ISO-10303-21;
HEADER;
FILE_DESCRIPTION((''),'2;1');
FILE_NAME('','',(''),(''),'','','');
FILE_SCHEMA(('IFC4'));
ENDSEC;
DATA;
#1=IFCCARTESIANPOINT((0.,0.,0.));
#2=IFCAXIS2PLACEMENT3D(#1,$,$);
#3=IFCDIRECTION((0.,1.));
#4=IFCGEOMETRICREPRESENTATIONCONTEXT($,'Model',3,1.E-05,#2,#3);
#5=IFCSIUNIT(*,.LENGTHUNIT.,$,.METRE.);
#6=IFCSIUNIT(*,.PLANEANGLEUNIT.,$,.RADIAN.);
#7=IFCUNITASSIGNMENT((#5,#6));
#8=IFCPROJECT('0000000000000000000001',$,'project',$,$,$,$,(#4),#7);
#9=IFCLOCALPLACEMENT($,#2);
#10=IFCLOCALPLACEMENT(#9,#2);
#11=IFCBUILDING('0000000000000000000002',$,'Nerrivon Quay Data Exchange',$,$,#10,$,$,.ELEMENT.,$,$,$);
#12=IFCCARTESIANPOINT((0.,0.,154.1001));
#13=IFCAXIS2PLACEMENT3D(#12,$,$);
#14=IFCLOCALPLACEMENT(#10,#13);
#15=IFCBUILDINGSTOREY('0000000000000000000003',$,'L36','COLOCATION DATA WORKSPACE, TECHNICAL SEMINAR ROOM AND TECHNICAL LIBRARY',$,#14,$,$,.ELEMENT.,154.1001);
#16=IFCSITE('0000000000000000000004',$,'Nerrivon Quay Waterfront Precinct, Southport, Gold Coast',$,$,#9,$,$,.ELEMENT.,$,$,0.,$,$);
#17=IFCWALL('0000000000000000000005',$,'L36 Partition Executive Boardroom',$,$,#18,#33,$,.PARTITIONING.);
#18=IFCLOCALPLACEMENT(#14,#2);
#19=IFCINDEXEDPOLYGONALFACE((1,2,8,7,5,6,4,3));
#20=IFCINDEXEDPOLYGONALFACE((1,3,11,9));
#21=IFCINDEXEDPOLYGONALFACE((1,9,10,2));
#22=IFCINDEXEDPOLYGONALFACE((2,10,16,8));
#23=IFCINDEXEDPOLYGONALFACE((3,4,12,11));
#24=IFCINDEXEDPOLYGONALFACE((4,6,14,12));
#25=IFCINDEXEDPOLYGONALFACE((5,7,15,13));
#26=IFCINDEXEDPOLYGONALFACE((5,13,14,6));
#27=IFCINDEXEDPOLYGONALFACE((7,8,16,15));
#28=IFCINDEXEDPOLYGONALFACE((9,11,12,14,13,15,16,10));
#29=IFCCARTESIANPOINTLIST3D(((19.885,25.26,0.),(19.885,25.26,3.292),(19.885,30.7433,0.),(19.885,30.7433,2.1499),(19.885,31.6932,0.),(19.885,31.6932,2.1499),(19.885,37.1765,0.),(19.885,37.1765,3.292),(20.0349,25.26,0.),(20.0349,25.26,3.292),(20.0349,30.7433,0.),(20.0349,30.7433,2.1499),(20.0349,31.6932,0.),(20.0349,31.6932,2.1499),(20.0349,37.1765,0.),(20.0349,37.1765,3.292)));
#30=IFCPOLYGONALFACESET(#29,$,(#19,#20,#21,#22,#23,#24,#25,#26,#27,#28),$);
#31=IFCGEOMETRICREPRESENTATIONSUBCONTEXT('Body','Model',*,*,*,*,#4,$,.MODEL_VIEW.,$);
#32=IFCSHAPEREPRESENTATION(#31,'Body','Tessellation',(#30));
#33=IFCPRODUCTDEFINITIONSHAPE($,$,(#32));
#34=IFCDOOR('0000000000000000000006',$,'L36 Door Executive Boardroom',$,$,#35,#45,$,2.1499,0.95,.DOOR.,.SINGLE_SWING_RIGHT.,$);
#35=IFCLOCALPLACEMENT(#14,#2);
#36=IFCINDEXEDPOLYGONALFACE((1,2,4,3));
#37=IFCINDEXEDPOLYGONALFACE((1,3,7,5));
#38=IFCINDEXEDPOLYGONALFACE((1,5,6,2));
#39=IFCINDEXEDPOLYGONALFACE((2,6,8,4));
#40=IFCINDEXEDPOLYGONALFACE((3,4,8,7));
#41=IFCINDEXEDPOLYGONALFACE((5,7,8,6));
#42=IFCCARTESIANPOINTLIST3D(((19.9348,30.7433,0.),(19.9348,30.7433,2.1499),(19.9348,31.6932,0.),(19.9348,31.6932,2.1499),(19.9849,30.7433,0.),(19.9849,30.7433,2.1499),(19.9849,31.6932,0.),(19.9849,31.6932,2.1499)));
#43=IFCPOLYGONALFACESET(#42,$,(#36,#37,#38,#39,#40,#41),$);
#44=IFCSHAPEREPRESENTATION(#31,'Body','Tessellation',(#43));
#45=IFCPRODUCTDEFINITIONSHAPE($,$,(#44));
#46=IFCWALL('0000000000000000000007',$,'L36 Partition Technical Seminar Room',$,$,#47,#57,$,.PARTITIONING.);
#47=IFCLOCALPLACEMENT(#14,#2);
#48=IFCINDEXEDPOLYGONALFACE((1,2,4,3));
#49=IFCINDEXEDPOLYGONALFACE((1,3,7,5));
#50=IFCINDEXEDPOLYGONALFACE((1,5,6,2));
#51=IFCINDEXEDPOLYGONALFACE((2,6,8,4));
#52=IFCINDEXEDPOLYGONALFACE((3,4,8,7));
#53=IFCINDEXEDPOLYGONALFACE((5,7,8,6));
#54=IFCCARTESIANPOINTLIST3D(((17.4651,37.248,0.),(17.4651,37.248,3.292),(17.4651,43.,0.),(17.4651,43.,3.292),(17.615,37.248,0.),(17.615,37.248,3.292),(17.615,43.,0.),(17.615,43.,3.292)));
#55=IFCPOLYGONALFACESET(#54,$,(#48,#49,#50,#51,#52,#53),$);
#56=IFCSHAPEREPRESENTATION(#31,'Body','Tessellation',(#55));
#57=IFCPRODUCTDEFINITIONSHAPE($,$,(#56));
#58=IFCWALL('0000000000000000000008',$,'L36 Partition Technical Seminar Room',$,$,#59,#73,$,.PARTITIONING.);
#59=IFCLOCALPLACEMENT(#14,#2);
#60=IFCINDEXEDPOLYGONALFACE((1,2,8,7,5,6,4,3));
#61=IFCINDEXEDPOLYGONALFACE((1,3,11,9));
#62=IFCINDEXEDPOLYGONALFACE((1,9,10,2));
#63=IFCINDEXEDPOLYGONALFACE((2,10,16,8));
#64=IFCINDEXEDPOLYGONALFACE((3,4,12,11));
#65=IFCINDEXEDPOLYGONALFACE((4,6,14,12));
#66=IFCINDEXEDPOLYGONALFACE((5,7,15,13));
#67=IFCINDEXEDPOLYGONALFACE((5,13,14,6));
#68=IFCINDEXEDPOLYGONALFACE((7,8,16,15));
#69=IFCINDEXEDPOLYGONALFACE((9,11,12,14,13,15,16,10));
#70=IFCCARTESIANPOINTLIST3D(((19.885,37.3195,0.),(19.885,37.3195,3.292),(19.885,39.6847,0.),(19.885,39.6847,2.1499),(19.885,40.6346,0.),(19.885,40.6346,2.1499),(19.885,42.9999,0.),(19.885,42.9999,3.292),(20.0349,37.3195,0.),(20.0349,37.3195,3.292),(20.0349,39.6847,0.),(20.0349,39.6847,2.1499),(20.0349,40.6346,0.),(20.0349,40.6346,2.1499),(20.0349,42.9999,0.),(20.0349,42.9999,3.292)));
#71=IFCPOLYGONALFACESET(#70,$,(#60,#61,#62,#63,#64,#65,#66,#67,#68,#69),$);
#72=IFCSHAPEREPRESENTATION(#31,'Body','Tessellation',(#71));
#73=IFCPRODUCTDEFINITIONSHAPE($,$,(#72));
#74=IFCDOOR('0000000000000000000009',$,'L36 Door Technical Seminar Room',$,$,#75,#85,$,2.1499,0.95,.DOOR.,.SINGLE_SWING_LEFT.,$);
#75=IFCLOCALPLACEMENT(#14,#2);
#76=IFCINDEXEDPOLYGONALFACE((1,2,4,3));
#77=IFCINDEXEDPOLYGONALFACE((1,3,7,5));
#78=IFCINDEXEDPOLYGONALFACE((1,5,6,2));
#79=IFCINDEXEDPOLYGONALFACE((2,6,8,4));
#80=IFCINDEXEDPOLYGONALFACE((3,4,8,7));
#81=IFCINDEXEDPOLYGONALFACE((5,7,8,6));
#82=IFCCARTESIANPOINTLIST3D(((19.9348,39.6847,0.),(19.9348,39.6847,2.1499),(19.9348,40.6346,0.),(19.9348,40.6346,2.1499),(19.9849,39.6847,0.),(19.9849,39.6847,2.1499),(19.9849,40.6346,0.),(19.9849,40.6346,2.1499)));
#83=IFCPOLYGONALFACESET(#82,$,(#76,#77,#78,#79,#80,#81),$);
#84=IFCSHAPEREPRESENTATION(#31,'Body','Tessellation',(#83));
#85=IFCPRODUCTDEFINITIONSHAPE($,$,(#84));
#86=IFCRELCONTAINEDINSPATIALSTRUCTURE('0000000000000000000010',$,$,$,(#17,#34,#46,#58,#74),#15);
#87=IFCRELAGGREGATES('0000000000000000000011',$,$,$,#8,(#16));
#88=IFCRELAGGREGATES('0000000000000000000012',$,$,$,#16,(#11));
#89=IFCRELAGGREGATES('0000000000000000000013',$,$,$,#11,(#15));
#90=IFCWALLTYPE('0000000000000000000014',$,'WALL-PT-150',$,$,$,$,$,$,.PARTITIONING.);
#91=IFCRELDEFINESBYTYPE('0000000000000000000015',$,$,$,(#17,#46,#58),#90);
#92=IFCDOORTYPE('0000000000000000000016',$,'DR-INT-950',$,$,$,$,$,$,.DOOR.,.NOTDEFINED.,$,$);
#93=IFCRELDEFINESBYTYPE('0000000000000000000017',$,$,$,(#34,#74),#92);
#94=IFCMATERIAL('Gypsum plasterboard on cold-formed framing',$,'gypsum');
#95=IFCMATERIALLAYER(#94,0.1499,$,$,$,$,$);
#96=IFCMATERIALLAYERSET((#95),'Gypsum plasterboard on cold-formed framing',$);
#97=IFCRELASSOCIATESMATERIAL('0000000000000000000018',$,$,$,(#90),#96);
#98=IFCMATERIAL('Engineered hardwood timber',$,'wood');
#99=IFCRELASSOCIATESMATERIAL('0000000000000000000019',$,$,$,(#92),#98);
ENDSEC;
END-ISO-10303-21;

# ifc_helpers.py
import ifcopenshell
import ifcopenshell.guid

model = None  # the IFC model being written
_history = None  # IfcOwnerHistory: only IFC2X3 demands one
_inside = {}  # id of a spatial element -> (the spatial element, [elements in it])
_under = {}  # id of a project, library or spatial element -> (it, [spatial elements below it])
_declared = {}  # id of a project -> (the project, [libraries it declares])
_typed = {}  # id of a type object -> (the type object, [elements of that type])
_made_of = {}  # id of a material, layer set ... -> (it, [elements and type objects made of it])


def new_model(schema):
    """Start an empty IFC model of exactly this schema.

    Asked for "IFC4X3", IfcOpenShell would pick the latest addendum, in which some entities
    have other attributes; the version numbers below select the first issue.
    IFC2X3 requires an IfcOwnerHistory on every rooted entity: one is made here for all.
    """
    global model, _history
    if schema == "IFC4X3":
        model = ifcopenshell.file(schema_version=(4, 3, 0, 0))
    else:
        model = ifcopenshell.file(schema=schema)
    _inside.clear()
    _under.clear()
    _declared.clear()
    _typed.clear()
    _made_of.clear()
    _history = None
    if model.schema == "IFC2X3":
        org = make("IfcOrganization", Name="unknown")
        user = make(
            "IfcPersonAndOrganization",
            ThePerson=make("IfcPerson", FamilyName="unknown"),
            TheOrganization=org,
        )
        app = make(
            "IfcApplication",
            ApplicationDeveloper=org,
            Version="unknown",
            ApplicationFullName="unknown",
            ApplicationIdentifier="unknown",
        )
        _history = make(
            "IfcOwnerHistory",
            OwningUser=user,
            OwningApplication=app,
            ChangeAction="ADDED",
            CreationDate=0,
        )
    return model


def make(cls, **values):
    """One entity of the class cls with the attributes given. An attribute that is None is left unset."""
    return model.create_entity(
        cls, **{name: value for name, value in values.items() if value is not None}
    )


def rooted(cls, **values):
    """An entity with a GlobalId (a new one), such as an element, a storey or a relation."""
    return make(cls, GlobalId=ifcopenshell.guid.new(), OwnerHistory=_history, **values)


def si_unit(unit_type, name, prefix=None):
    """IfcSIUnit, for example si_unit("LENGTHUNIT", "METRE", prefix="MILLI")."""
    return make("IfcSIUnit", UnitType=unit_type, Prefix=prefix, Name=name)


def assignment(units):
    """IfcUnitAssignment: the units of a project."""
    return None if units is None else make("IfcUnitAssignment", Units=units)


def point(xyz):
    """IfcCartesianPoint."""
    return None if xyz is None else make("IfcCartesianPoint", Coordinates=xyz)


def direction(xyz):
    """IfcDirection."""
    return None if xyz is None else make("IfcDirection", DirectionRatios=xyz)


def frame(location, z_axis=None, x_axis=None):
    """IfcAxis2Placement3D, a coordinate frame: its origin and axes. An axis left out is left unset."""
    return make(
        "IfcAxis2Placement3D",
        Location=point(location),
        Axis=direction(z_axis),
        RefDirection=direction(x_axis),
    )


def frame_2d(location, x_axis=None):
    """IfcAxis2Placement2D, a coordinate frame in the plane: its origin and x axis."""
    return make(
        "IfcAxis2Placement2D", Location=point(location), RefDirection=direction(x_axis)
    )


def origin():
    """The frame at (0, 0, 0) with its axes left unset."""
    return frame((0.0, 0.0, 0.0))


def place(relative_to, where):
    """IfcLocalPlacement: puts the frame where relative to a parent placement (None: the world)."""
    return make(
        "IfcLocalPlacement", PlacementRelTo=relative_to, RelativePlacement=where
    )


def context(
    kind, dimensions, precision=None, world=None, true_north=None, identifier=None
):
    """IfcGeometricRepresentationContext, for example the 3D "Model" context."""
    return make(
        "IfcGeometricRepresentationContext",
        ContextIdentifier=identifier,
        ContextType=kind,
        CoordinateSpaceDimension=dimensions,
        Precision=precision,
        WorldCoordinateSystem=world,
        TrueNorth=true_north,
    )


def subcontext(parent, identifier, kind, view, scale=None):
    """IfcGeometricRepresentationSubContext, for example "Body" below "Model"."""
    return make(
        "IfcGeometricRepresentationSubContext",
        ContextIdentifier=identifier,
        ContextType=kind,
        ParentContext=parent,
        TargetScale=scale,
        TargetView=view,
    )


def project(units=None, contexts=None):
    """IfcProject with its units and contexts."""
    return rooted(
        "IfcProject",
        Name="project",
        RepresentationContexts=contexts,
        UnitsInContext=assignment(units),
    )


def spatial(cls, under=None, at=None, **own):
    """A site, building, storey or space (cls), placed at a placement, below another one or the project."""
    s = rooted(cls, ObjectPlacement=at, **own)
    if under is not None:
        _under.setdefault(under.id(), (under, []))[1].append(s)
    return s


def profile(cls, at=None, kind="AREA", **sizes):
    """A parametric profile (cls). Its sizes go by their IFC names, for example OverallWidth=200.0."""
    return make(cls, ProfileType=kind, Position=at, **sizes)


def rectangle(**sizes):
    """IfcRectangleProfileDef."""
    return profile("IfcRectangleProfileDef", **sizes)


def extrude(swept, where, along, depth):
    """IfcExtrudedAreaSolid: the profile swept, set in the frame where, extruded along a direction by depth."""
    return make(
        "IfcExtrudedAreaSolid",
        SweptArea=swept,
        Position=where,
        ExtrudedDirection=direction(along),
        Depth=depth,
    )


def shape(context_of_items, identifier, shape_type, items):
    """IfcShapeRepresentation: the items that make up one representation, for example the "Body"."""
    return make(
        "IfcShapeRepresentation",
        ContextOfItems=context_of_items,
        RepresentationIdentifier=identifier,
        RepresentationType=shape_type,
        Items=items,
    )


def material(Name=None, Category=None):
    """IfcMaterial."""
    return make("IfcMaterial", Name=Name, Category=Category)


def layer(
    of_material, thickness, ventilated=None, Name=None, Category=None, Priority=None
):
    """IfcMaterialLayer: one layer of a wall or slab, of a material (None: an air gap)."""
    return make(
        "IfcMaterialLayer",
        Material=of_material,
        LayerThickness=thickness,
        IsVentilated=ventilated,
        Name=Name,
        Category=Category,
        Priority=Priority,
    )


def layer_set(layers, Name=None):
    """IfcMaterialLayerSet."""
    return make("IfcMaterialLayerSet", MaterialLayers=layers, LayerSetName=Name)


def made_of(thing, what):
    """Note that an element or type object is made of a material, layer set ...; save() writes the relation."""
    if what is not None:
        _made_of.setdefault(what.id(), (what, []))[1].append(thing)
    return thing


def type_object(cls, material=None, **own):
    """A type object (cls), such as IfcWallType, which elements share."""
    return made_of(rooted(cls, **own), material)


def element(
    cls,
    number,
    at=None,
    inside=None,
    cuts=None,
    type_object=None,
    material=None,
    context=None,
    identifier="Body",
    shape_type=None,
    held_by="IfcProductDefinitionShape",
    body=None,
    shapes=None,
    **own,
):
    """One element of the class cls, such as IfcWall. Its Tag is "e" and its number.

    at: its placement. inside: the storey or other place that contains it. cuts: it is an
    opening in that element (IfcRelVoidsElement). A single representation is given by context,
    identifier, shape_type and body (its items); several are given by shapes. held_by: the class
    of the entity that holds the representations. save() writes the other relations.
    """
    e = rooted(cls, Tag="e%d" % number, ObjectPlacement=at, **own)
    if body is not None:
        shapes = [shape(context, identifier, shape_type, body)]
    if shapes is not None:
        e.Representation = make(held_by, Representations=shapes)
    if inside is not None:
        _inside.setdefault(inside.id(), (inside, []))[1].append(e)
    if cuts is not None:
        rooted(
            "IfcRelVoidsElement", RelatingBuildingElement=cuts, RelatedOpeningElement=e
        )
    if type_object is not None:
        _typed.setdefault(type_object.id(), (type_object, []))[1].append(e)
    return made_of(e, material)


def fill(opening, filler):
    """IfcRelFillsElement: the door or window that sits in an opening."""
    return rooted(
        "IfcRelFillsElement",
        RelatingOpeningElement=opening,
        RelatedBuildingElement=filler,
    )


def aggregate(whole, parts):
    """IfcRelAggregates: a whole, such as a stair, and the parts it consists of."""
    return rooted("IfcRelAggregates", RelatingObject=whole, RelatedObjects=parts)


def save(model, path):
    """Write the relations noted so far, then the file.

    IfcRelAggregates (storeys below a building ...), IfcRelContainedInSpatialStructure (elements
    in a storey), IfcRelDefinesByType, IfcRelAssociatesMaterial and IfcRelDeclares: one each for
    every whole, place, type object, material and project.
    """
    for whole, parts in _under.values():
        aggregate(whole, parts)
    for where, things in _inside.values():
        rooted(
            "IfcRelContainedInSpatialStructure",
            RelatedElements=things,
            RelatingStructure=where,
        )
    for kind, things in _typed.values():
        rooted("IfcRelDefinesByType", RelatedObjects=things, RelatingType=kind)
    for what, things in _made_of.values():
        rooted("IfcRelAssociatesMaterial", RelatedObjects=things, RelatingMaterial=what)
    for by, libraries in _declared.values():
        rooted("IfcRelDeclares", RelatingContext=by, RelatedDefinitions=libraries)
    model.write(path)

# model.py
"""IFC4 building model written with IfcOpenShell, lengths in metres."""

from ifc_helpers import new_model, si_unit, direction, frame, frame_2d, origin, place, context, subcontext, project, spatial, rectangle, extrude, material, layer, layer_set, type_object, element, fill, save


model = new_model("IFC4")

# Units and contexts
model_context = context("Model", 3, precision=1e-05, world=origin(), true_north=direction((0.0, 1.0)))
body_context = subcontext(model_context, "Body", "Model", "MODEL_VIEW")
ifc_project = project(units=[si_unit("LENGTHUNIT", "METRE"), si_unit("PLANEANGLEUNIT", "RADIAN")], contexts=[model_context])

# Site, building, storey
site_placement = place(None, origin())
site = spatial("IfcSite", under=ifc_project, at=site_placement, Name="Nerrivon Quay Waterfront Precinct, Southport, Gold Coast", CompositionType="ELEMENT", RefElevation=0.0)
building_placement = place(site_placement, origin())
building = spatial("IfcBuilding", under=site, at=building_placement, Name="Nerrivon Quay Data Exchange", CompositionType="ELEMENT")
storey_placement = place(building_placement, frame((0.0, 0.0, 154.1001)))
storey = spatial("IfcBuildingStorey", under=building, at=storey_placement, Name="L36", Description="COLOCATION DATA WORKSPACE, TECHNICAL SEMINAR ROOM AND TECHNICAL LIBRARY", CompositionType="ELEMENT", Elevation=154.1001)

# Shared definitions
ifc_material_1 = material(Name="Gypsum plasterboard on cold-formed framing", Category="gypsum")

# Wall, opening, door
ifc_layer_1 = layer(ifc_material_1, 0.1499)
ifc_layer_set_1 = layer_set([ifc_layer_1], Name="Gypsum plasterboard on cold-formed framing")
wall_type_1 = type_object("IfcWallType", Name="WALL-PT-150", PredefinedType="PARTITIONING", material=ifc_layer_set_1)
wall_1_placement = place(storey_placement, frame((19.96, 37.1765, 0.0), z_axis=(0.0, 0.0, 1.0), x_axis=(0.0, -1.0, 0.0)))
wall_1 = element("IfcWall", 1, at=wall_1_placement, inside=storey, type_object=wall_type_1, Name="L36 Partition Executive Boardroom", PredefinedType="PARTITIONING", context=body_context, shape_type="SweptSolid", body=[
    extrude(rectangle(XDim=11.9165, YDim=0.1499, at=frame_2d((5.9583, 0.0))), origin(), (0.0, 0.0, 1.0), 3.292),
])
opening_1_placement = place(wall_1_placement, frame((5.4832, 0.0, 0.0)))
opening_1 = element("IfcOpeningElement", 2, at=opening_1_placement, cuts=wall_1, PredefinedType="OPENING", context=body_context, shape_type="SweptSolid", body=[
    extrude(rectangle(XDim=0.95, YDim=2.1499, at=frame_2d((0.4751, 1.075))), frame((0.0, 0.085, 0.0), z_axis=(0.0, -1.0, 0.0), x_axis=(1.0, 0.0, 0.0)), (0.0, 0.0, 1.0), 0.1699),
])
ifc_material_2 = material(Name="Engineered hardwood timber", Category="wood")
door_type_1 = type_object("IfcDoorType", Name="DR-INT-950", OperationType="NOTDEFINED", PredefinedType="DOOR", material=ifc_material_2)
door_1_placement = place(opening_1_placement, origin())
door_1 = element("IfcDoor", 3, at=door_1_placement, inside=storey, type_object=door_type_1, Name="L36 Door Executive Boardroom", OperationType="SINGLE_SWING_RIGHT", OverallHeight=2.1499, OverallWidth=0.95, PredefinedType="DOOR", context=body_context, shape_type="SweptSolid", body=[
    extrude(rectangle(XDim=0.95, YDim=2.1499, at=frame_2d((0.4751, 1.075))), frame((0.0, 0.0249, 0.0), z_axis=(0.0, -1.0, 0.0), x_axis=(1.0, 0.0, 0.0)), (0.0, 0.0, 1.0), 0.05),
])
fill(opening_1, door_1)

# Wall
wall_2_placement = place(storey_placement, frame((17.54, 37.248, 0.0), z_axis=(0.0, 0.0, 1.0), x_axis=(0.0, 1.0, 0.0)))
element("IfcWall", 4, at=wall_2_placement, inside=storey, type_object=wall_type_1, Name="L36 Partition Technical Seminar Room", PredefinedType="PARTITIONING", context=body_context, shape_type="SweptSolid", body=[
    extrude(rectangle(XDim=5.752, YDim=0.1499, at=frame_2d((2.876, 0.0))), origin(), (0.0, 0.0, 1.0), 3.292),
])

# Wall, opening, door
wall_3_placement = place(storey_placement, frame((19.96, 43.0, 0.0), z_axis=(0.0, 0.0, 1.0), x_axis=(0.0, -1.0, 0.0)))
wall_3 = element("IfcWall", 5, at=wall_3_placement, inside=storey, type_object=wall_type_1, Name="L36 Partition Technical Seminar Room", PredefinedType="PARTITIONING", context=body_context, shape_type="SweptSolid", body=[
    extrude(rectangle(XDim=5.6804, YDim=0.1499, at=frame_2d((2.8403, 0.0))), origin(), (0.0, 0.0, 1.0), 3.292),
])
opening_2_placement = place(wall_3_placement, frame((2.3652, 0.0, 0.0)))
opening_2 = element("IfcOpeningElement", 6, at=opening_2_placement, cuts=wall_3, PredefinedType="OPENING", context=body_context, shape_type="SweptSolid", body=[
    extrude(rectangle(XDim=0.95, YDim=2.1499, at=frame_2d((0.4751, 1.075))), frame((0.0, 0.085, 0.0), z_axis=(0.0, -1.0, 0.0), x_axis=(1.0, 0.0, 0.0)), (0.0, 0.0, 1.0), 0.1699),
])
door_2_placement = place(opening_2_placement, origin())
door_2 = element("IfcDoor", 7, at=door_2_placement, inside=storey, type_object=door_type_1, Name="L36 Door Technical Seminar Room", OperationType="SINGLE_SWING_LEFT", OverallHeight=2.1499, OverallWidth=0.95, PredefinedType="DOOR", context=body_context, shape_type="SweptSolid", body=[
    extrude(rectangle(XDim=0.95, YDim=2.1499, at=frame_2d((0.4751, 1.075))), frame((0.0, 0.0249, 0.0), z_axis=(0.0, -1.0, 0.0), x_axis=(1.0, 0.0, 0.0)), (0.0, 0.0, 1.0), 0.05),
])
fill(opening_2, door_2)

save(model, "model.ifc")
